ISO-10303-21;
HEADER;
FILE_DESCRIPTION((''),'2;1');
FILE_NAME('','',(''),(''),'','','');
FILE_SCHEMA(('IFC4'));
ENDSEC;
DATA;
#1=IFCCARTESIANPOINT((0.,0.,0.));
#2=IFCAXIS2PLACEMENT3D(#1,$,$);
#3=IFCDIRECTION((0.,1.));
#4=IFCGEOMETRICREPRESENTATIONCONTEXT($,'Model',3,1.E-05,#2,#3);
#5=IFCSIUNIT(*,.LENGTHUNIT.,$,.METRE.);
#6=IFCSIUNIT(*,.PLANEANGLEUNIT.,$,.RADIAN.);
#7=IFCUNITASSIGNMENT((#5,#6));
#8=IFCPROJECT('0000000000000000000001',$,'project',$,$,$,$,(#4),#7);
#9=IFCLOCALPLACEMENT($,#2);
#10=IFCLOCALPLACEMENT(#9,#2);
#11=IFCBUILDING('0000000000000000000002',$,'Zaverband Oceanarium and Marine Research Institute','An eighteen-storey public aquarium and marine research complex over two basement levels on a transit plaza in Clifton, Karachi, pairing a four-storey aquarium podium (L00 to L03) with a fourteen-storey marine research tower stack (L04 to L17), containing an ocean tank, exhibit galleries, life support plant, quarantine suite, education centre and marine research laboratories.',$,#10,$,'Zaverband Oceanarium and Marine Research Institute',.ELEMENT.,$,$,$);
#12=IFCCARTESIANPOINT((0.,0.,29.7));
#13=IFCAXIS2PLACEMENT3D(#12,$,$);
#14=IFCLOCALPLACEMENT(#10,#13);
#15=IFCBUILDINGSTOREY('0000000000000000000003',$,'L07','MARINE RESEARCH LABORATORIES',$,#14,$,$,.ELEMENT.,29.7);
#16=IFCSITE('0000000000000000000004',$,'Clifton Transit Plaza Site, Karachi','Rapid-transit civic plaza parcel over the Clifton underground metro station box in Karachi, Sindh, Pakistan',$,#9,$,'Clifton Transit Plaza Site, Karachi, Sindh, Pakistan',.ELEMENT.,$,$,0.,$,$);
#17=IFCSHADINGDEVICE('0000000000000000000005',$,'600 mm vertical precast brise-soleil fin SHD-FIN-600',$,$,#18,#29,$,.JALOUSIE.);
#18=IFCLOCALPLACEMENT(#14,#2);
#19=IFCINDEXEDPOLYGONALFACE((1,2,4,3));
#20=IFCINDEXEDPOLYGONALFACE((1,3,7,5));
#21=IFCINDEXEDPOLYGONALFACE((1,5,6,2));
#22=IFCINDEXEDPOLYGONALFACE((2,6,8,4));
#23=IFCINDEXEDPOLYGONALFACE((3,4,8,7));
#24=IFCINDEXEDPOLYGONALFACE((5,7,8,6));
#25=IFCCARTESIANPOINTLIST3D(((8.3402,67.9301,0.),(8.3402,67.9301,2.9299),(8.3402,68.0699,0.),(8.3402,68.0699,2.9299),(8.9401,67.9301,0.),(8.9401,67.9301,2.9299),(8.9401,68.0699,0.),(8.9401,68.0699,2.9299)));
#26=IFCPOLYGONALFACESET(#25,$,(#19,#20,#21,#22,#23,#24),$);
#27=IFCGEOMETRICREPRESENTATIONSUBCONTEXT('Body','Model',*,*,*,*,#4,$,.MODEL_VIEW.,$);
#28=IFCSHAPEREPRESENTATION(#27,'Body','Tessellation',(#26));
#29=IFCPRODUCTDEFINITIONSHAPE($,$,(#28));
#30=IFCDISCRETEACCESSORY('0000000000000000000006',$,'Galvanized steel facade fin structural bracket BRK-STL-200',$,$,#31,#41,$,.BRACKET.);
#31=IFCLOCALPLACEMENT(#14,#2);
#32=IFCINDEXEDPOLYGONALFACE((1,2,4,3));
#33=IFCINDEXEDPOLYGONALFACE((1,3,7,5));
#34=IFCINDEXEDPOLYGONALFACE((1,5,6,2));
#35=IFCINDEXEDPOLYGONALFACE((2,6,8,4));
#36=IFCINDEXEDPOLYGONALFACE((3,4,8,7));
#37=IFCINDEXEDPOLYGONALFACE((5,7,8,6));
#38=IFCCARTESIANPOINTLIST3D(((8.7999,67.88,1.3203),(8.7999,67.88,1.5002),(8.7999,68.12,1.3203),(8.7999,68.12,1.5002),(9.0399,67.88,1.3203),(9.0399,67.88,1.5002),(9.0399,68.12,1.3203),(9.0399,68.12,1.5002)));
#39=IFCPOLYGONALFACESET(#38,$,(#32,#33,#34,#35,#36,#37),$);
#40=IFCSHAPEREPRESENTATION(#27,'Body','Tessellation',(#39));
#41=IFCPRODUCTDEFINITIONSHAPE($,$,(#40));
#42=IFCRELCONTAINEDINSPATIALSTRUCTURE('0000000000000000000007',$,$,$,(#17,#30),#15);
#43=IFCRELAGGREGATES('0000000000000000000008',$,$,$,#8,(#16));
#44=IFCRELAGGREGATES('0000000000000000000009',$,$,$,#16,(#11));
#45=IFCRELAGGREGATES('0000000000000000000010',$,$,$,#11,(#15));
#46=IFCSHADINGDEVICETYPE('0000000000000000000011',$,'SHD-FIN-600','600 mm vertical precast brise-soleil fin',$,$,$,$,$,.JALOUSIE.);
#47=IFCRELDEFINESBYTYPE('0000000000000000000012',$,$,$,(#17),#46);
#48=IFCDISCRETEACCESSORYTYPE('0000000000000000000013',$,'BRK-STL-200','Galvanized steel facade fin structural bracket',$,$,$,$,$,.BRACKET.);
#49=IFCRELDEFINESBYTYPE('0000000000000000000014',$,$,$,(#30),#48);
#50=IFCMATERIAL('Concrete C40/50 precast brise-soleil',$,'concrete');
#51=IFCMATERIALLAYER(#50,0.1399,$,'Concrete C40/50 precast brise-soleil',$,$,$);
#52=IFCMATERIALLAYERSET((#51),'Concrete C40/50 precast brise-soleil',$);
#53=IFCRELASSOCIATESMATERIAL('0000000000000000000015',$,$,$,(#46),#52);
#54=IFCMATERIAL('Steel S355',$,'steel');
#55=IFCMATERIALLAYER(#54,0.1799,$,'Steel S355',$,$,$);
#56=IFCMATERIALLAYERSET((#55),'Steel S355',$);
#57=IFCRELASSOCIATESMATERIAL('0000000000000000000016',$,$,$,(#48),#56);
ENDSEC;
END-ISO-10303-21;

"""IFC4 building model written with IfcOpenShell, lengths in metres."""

from ifc_helpers import new_model, si_unit, direction, frame, frame_2d, origin, origin_2d, place, context, subcontext, project, spatial, rectangle, extrude, material, layer, layer_set, type_object, element, save


model = new_model("IFC4")

# Units and contexts
model_context = context("Model", 3, precision=1e-05, world=origin(), true_north=direction((0.0, 1.0)))
body_context = subcontext(model_context, "Body", "Model", "MODEL_VIEW")
ifc_project = project(units=[si_unit("LENGTHUNIT", "METRE"), si_unit("PLANEANGLEUNIT", "RADIAN")], contexts=[model_context])

# Site, building, storey
site_placement = place(None, origin())
site = spatial("IfcSite", under=ifc_project, at=site_placement, Name="Clifton Transit Plaza Site, Karachi", Description="Rapid-transit civic plaza parcel over the Clifton underground metro station box in Karachi, Sindh, Pakistan", LongName="Clifton Transit Plaza Site, Karachi, Sindh, Pakistan", CompositionType="ELEMENT", RefElevation=0.0)
building_placement = place(site_placement, origin())
building = spatial("IfcBuilding", under=site, at=building_placement, Name="Zaverband Oceanarium and Marine Research Institute", Description="An eighteen-storey public aquarium and marine research complex over two basement levels on a transit plaza in Clifton, Karachi, pairing a four-storey aquarium podium (L00 to L03) with a fourteen-storey marine research tower stack (L04 to L17), containing an ocean tank, exhibit galleries, life support plant, quarantine suite, education centre and marine research laboratories.", LongName="Zaverband Oceanarium and Marine Research Institute", CompositionType="ELEMENT")
storey_placement = place(building_placement, frame((0.0, 0.0, 29.7)))
storey = spatial("IfcBuildingStorey", under=building, at=storey_placement, Name="L07", Description="MARINE RESEARCH LABORATORIES", CompositionType="ELEMENT", Elevation=29.7)

# Shared definitions
ifc_material_1 = material(Name="Steel S355", Category="steel")

# Shading device
ifc_material_2 = material(Name="Concrete C40/50 precast brise-soleil", Category="concrete")
ifc_layer_1 = layer(ifc_material_2, 0.1399, Name="Concrete C40/50 precast brise-soleil")
ifc_layer_set_1 = layer_set([ifc_layer_1], Name="Concrete C40/50 precast brise-soleil")
shading_device_type = type_object("IfcShadingDeviceType", Name="SHD-FIN-600", Description="600 mm vertical precast brise-soleil fin", PredefinedType="JALOUSIE", material=ifc_layer_set_1)
shading_device_placement = place(storey_placement, frame((8.9399, 68.0, 0.0), z_axis=(0.0, 0.0, 1.0), x_axis=(-1.0, 0.0, 0.0)))
element("IfcShadingDevice", 1, at=shading_device_placement, inside=storey, type_object=shading_device_type, Name="600 mm vertical precast brise-soleil fin SHD-FIN-600", PredefinedType="JALOUSIE", context=body_context, shape_type="SweptSolid", body=[
    extrude(rectangle(XDim=0.5999, YDim=0.1399, at=frame_2d((0.2998, 0.0))), origin(), (0.0, 0.0, 1.0), 2.9299),
])

# Discrete accessory
ifc_layer_2 = layer(ifc_material_1, 0.1799, Name="Steel S355")
ifc_layer_set_2 = layer_set([ifc_layer_2], Name="Steel S355")
discrete_accessory_type = type_object("IfcDiscreteAccessoryType", Name="BRK-STL-200", Description="Galvanized steel facade fin structural bracket", PredefinedType="BRACKET", material=ifc_layer_set_2)
discrete_accessory_placement = place(storey_placement, frame((8.9199, 68.0, 1.3203), z_axis=(0.0, 0.0, 1.0), x_axis=(1.0, 0.0, 0.0)))
element("IfcDiscreteAccessory", 2, at=discrete_accessory_placement, inside=storey, type_object=discrete_accessory_type, Name="Galvanized steel facade fin structural bracket BRK-STL-200", PredefinedType="BRACKET", context=body_context, shape_type="SweptSolid", body=[
    extrude(rectangle(XDim=0.24, YDim=0.24, at=origin_2d()), origin(), (0.0, 0.0, 1.0), 0.1799),
])

save(model, "model.ifc")
